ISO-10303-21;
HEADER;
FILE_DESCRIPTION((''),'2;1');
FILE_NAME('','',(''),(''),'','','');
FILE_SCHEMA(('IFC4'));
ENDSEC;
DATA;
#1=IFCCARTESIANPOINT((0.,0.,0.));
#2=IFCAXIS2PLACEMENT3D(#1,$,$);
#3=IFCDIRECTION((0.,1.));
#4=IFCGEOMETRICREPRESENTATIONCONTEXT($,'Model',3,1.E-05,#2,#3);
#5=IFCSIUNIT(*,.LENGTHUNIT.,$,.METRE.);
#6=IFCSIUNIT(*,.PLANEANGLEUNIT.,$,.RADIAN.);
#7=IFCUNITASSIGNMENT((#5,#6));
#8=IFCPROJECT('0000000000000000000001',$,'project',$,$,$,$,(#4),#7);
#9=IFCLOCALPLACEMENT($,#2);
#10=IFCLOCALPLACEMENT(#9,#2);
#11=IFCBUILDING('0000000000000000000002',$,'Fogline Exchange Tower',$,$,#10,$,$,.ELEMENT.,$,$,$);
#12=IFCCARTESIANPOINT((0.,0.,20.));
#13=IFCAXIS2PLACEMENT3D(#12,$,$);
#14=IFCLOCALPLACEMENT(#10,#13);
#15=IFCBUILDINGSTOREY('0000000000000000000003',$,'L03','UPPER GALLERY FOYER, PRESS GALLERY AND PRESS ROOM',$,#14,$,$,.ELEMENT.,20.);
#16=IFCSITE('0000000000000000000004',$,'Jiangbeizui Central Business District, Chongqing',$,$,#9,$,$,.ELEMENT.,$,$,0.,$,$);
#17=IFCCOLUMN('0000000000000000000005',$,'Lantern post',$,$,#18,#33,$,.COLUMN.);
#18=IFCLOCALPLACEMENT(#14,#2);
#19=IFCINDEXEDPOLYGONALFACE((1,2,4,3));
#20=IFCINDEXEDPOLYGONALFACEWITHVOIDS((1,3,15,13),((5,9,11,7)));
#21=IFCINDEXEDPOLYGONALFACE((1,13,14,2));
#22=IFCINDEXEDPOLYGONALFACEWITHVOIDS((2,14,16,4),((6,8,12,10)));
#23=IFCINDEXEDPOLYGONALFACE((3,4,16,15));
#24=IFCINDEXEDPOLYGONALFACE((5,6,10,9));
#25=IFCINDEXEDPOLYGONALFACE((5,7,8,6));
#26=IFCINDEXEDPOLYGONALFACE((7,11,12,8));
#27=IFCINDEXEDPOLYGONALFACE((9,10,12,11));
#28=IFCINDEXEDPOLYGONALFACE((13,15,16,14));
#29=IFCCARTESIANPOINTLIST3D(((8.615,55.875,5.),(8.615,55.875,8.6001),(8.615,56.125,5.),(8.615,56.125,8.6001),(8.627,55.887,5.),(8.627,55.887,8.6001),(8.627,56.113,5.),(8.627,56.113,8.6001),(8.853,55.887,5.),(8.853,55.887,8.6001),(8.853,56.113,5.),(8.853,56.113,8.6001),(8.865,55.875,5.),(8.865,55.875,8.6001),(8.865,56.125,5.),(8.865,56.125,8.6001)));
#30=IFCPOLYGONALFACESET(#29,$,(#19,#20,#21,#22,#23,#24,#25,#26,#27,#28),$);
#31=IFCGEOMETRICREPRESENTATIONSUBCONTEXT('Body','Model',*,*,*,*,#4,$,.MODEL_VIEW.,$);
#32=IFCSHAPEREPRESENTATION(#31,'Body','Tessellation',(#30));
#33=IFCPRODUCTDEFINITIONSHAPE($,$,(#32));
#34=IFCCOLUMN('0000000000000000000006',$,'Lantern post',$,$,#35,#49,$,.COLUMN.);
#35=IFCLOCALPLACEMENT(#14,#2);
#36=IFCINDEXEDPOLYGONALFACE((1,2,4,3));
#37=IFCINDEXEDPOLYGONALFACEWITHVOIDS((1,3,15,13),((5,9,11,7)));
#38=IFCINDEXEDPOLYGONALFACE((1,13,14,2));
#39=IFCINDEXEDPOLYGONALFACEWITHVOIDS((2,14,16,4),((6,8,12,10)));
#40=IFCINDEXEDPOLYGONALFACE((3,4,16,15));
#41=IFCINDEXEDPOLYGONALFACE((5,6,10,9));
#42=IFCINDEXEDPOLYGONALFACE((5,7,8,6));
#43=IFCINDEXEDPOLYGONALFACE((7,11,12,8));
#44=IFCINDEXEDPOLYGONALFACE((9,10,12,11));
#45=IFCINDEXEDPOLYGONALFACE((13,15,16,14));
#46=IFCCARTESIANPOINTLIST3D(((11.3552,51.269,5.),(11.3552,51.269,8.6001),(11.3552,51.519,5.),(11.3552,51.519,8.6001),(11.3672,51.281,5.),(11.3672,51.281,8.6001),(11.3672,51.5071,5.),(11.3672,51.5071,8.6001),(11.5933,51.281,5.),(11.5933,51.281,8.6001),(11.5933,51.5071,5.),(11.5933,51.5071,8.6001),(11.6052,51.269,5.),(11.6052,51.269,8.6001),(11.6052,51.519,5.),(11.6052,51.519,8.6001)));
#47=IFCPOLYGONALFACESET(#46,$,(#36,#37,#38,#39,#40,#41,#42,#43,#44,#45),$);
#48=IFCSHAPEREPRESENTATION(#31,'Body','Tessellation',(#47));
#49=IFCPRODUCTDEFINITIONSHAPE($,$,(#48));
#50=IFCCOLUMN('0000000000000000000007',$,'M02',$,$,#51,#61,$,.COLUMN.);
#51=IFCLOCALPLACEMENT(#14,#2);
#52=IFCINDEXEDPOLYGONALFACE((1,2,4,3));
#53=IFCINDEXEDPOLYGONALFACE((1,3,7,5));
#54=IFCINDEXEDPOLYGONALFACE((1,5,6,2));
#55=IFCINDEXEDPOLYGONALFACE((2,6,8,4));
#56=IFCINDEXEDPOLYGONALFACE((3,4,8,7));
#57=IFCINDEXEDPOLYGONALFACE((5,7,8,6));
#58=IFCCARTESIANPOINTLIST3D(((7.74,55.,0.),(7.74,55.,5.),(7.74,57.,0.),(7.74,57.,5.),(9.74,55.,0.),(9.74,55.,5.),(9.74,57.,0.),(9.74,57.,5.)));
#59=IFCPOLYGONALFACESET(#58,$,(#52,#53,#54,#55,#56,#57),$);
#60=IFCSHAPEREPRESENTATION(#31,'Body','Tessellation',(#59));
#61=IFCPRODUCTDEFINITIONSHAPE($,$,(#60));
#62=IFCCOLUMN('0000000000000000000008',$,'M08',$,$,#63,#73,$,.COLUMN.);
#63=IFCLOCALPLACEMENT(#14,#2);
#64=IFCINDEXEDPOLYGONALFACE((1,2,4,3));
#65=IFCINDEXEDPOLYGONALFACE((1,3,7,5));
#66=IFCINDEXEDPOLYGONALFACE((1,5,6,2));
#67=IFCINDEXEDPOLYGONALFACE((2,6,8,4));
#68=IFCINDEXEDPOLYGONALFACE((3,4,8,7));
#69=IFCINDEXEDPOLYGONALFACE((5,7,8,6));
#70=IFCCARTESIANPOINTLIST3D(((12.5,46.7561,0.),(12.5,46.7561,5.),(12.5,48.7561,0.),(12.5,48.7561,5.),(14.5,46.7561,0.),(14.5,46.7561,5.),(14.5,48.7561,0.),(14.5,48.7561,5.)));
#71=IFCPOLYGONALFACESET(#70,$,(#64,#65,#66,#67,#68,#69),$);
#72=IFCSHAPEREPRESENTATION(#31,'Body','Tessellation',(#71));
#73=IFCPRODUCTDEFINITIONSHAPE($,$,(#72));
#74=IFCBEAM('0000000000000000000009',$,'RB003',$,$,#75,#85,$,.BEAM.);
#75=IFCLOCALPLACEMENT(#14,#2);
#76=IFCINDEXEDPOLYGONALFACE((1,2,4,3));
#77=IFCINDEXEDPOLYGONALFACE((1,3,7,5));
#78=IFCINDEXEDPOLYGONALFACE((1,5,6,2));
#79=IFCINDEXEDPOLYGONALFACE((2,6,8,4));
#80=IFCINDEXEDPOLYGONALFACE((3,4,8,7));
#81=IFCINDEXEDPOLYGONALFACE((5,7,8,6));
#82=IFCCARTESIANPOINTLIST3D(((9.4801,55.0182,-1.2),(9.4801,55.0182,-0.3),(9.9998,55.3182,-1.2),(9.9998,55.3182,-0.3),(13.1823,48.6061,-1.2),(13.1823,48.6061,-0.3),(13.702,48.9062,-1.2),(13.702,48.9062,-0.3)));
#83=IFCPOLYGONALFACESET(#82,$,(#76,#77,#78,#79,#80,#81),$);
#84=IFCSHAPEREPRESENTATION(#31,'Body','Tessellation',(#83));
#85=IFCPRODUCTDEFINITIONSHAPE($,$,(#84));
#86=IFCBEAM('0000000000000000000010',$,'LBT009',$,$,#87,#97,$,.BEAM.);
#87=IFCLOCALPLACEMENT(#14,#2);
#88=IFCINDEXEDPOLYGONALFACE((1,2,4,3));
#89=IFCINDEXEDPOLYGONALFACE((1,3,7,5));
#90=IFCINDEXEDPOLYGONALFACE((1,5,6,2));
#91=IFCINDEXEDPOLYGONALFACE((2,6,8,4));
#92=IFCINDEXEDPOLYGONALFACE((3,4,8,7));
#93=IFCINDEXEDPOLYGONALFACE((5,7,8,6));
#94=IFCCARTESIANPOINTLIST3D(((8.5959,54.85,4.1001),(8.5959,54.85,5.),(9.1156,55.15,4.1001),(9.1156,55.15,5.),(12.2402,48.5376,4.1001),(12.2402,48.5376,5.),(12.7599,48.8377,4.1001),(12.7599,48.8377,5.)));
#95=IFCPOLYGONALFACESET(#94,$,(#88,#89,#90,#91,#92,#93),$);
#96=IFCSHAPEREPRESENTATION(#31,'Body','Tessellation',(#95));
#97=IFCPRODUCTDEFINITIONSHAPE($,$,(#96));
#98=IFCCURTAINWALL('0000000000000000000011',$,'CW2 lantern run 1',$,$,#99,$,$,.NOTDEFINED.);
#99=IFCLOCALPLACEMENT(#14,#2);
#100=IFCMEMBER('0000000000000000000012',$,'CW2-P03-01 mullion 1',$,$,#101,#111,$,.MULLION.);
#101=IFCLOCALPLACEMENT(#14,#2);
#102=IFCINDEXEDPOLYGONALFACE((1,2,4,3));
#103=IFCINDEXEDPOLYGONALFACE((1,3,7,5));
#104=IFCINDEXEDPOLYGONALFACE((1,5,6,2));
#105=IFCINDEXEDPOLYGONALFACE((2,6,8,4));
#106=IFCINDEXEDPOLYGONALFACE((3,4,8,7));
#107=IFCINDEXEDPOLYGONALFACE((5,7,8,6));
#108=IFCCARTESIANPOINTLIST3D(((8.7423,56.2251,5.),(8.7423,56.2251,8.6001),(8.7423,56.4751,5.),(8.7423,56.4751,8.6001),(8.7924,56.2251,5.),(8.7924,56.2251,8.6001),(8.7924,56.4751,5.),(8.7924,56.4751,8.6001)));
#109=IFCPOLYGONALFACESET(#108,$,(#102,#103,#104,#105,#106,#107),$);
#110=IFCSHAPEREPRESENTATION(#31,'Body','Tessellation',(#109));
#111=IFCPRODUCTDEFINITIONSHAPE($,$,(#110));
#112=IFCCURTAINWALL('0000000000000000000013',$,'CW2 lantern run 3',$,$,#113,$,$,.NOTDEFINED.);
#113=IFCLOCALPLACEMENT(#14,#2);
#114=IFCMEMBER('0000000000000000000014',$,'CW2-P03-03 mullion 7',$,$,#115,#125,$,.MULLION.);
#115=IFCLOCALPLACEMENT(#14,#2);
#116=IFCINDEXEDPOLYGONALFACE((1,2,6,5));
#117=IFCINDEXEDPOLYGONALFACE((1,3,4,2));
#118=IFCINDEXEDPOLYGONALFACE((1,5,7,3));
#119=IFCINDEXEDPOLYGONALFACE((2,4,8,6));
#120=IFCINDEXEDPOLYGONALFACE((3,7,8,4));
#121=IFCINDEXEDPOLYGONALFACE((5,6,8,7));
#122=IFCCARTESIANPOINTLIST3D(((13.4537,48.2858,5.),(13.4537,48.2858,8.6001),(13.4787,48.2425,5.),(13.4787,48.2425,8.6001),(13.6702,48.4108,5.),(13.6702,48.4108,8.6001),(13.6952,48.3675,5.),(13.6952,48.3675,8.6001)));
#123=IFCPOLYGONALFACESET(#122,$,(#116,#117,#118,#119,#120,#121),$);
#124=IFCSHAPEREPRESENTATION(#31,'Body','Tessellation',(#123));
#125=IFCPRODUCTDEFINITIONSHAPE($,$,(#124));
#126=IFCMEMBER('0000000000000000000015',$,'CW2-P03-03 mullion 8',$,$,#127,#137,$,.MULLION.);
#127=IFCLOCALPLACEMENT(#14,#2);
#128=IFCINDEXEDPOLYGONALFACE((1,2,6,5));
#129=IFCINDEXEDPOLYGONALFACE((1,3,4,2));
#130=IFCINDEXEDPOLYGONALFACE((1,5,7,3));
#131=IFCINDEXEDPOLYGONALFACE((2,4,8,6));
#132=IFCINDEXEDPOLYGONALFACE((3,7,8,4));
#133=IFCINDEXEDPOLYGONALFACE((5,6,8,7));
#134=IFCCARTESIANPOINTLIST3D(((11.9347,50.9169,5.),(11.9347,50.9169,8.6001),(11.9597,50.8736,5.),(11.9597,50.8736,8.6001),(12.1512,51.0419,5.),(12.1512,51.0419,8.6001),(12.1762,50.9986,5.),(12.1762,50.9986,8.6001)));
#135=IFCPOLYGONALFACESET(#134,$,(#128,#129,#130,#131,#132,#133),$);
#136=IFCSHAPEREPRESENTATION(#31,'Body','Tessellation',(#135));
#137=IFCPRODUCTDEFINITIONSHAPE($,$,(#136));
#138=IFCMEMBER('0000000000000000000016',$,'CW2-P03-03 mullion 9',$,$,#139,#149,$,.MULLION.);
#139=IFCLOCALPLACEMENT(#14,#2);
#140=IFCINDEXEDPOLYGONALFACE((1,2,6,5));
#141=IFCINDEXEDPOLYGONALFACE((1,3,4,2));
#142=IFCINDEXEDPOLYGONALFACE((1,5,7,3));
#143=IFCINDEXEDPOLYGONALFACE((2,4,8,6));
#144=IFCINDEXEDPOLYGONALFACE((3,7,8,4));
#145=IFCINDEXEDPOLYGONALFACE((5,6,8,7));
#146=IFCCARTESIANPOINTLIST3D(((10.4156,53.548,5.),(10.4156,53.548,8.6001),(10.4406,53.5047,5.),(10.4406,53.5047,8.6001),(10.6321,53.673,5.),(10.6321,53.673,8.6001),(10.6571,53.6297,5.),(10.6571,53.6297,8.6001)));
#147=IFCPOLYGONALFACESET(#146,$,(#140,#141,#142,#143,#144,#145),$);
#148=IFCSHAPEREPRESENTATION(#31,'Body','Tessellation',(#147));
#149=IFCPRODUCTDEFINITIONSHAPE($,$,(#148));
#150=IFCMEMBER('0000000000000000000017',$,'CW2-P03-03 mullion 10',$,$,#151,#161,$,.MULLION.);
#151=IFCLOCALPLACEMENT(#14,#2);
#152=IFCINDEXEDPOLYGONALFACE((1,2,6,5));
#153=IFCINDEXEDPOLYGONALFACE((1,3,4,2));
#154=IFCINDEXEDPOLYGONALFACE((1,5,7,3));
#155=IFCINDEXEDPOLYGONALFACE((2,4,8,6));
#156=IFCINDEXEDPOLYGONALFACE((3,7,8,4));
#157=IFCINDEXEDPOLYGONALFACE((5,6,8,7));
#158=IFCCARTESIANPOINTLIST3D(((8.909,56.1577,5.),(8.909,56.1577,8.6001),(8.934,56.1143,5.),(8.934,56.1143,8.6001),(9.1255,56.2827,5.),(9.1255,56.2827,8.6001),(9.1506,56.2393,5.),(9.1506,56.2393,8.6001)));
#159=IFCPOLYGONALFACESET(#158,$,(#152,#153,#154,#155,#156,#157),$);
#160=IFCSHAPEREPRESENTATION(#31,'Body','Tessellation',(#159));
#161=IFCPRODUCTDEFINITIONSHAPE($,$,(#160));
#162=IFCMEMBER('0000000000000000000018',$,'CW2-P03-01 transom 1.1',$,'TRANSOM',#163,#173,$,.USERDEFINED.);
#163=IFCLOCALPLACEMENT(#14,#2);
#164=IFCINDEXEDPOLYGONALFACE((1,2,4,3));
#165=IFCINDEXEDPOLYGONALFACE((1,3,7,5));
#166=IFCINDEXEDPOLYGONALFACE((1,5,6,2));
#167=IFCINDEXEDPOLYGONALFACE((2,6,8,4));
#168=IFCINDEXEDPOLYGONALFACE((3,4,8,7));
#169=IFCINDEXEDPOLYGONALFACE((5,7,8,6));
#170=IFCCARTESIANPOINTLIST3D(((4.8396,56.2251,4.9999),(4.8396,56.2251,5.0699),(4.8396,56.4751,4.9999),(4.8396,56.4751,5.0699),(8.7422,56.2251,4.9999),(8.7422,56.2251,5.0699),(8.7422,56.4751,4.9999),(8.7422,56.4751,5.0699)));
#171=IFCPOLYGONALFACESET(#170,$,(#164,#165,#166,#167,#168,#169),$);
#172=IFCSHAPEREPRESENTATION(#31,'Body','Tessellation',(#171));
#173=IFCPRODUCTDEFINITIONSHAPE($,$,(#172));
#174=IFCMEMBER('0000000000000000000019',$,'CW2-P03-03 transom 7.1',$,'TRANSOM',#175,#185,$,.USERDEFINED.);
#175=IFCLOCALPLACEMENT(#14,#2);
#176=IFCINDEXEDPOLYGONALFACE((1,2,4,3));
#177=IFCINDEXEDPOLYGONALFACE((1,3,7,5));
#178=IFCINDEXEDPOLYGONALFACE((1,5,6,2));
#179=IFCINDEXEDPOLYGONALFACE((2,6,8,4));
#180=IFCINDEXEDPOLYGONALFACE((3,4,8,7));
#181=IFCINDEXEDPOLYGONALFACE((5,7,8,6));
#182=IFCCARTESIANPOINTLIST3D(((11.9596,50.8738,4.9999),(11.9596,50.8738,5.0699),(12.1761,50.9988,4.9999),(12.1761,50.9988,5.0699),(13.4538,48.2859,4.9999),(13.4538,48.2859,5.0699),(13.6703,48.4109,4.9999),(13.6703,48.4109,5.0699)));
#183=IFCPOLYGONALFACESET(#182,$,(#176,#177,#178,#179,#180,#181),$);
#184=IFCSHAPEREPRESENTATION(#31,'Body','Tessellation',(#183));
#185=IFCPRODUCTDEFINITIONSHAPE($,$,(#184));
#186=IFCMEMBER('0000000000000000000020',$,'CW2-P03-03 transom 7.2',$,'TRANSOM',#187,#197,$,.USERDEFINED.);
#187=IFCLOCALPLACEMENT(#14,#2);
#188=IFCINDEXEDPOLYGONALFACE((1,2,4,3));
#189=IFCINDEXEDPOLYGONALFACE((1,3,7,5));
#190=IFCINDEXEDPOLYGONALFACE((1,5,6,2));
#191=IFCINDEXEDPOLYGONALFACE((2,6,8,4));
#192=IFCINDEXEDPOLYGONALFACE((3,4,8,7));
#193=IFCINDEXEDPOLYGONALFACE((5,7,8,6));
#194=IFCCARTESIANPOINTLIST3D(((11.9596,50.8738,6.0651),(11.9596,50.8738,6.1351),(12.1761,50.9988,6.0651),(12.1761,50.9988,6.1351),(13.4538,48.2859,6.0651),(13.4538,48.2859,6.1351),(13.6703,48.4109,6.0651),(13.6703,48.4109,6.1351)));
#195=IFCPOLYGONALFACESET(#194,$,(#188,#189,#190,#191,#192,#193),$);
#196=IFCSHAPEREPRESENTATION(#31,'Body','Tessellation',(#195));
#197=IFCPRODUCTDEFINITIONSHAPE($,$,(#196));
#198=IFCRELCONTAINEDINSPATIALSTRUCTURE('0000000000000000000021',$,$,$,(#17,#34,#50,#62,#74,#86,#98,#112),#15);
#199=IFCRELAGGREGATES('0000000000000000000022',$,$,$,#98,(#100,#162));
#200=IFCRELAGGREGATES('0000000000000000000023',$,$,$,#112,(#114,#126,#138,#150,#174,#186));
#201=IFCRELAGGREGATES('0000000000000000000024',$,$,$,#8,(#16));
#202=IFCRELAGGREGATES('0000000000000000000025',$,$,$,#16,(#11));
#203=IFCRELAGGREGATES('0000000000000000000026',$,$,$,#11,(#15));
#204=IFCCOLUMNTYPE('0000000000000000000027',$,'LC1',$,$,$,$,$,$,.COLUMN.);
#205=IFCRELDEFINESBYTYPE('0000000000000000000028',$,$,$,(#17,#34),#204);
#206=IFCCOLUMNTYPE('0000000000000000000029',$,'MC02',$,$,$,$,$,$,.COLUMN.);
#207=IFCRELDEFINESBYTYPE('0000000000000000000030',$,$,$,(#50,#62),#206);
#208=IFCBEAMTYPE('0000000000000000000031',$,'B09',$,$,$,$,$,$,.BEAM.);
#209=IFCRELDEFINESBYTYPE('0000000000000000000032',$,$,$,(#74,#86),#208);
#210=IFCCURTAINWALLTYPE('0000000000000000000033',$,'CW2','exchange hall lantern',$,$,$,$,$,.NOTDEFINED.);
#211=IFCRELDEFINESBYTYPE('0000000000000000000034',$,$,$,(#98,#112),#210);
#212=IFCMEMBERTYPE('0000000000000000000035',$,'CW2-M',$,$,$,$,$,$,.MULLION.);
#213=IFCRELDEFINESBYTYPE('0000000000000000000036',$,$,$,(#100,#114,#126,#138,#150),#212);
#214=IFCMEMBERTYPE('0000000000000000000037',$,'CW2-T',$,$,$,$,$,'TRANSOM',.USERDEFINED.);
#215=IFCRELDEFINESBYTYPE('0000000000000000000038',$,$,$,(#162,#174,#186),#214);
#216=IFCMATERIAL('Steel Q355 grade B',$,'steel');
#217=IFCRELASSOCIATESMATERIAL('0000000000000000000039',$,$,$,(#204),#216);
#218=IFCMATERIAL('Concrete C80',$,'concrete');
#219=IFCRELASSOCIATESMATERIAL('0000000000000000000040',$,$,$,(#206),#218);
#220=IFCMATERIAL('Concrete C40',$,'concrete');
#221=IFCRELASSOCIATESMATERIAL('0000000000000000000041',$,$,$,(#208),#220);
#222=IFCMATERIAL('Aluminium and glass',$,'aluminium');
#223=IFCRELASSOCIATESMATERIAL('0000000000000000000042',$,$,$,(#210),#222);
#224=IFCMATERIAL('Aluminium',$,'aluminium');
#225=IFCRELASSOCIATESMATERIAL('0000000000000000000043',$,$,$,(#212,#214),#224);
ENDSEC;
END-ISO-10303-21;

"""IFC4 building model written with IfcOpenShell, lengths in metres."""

from ifc_helpers import new_model, si_unit, direction, frame, origin, origin_2d, place, context, subcontext, project, spatial, rectangle, hollow_rectangle, extrude, material, material_profile, profile_set, type_object, element, aggregate, save


model = new_model("IFC4")

# Units and contexts
model_context = context("Model", 3, precision=1e-05, world=origin(), true_north=direction((0.0, 1.0)))
body_context = subcontext(model_context, "Body", "Model", "MODEL_VIEW")
ifc_project = project(units=[si_unit("LENGTHUNIT", "METRE"), si_unit("PLANEANGLEUNIT", "RADIAN")], contexts=[model_context])

# Site, building, storey
site_placement = place(None, origin())
site = spatial("IfcSite", under=ifc_project, at=site_placement, Name="Jiangbeizui Central Business District, Chongqing", CompositionType="ELEMENT", RefElevation=0.0)
building_placement = place(site_placement, origin())
building = spatial("IfcBuilding", under=site, at=building_placement, Name="Fogline Exchange Tower", CompositionType="ELEMENT")
storey_placement = place(building_placement, frame((0.0, 0.0, 20.0)))
storey = spatial("IfcBuildingStorey", under=building, at=storey_placement, Name="L03", Description="UPPER GALLERY FOYER, PRESS GALLERY AND PRESS ROOM", CompositionType="ELEMENT", Elevation=20.0)

# Columns
ifc_material_1 = material(Name="Steel Q355 grade B", Category="steel")
ifc_material_profile_1 = material_profile(ifc_material_1, hollow_rectangle(XDim=0.25, YDim=0.25, WallThickness=0.012, at=origin_2d()), Name="RHS 250x250x12")
ifc_profile_set_1 = profile_set([ifc_material_profile_1], Name="Steel Q355 grade B")
column_type_1 = type_object("IfcColumnType", Name="LC1", PredefinedType="COLUMN", material=ifc_profile_set_1)
for number, where, z_axis, x_axis, name in (
    (1, (8.74, 56.0, 5.0), (0.0, 0.0, 1.0), (1.0, 0.0, 0.0), "Lantern post"),
    (2, (11.4802, 51.394, 5.0), (0.0, 0.0, 1.0), (1.0, 0.0, 0.0), "Lantern post"),
):
    element("IfcColumn", number, at=place(storey_placement, frame(where, z_axis=z_axis, x_axis=x_axis)), inside=storey, type_object=column_type_1, Name=name, PredefinedType="COLUMN", context=body_context, shape_type="SweptSolid", body=[
        extrude(hollow_rectangle(XDim=0.25, YDim=0.25, WallThickness=0.012, at=origin_2d()), origin(), (0.0, 0.0, 1.0), 3.6001),
    ])
ifc_material_2 = material(Name="Concrete C80", Category="concrete")
ifc_material_profile_2 = material_profile(ifc_material_2, rectangle(XDim=2.0, YDim=2.0, at=origin_2d()), Name="RC 2000x2000")
ifc_profile_set_2 = profile_set([ifc_material_profile_2], Name="Concrete C80")
column_type_2 = type_object("IfcColumnType", Name="MC02", PredefinedType="COLUMN", material=ifc_profile_set_2)
for number, where, z_axis, x_axis, name in (
    (3, (8.74, 56.0, 0.0), (0.0, 0.0, 1.0), (1.0, 0.0, 0.0), "M02"),
    (4, (13.5, 47.7561, 0.0), (0.0, 0.0, 1.0), (1.0, 0.0, 0.0), "M08"),
):
    element("IfcColumn", number, at=place(storey_placement, frame(where, z_axis=z_axis, x_axis=x_axis)), inside=storey, type_object=column_type_2, Name=name, PredefinedType="COLUMN", context=body_context, shape_type="SweptSolid", body=[
        extrude(rectangle(XDim=2.0, YDim=2.0, at=origin_2d()), origin(), (0.0, 0.0, 1.0), 5.0),
    ])

# Beams
ifc_material_3 = material(Name="Concrete C40", Category="concrete")
ifc_material_profile_3 = material_profile(ifc_material_3, rectangle(XDim=0.6001, YDim=0.8999, at=origin_2d()), Name="RC 600x900")
ifc_profile_set_3 = profile_set([ifc_material_profile_3], Name="Concrete C40")
beam_type = type_object("IfcBeamType", Name="B09", PredefinedType="BEAM", material=ifc_profile_set_3)
beam_1_placement = place(storey_placement, frame((9.74, 55.1682, -0.75), z_axis=(0.500012, -0.866019, 0.0), x_axis=(0.866019, 0.500012, 0.0)))
element("IfcBeam", 5, at=beam_1_placement, inside=storey, type_object=beam_type, Name="RB003", PredefinedType="BEAM", context=body_context, shape_type="SweptSolid", body=[
    extrude(rectangle(XDim=0.6001, YDim=0.8999, at=origin_2d()), origin(), (0.0, 0.0, 1.0), 7.4041),
])
beam_2_placement = place(storey_placement, frame((8.8557, 55.0, 4.55), z_axis=(0.49999, -0.866031, 0.0), x_axis=(0.866031, 0.49999, 0.0)))
element("IfcBeam", 6, at=beam_2_placement, inside=storey, type_object=beam_type, Name="LBT009", PredefinedType="BEAM", context=body_context, shape_type="SweptSolid", body=[
    extrude(rectangle(XDim=0.6001, YDim=0.8999, at=origin_2d()), origin(), (0.0, 0.0, 1.0), 7.2888),
])

# Curtain wall, member
ifc_material_4 = material(Name="Aluminium and glass", Category="aluminium")
curtain_wall_type = type_object("IfcCurtainWallType", Name="CW2", Description="exchange hall lantern", PredefinedType="NOTDEFINED", material=ifc_material_4)
curtain_wall_1_placement = place(storey_placement, origin())
curtain_wall_1 = element("IfcCurtainWall", 7, at=curtain_wall_1_placement, inside=storey, type_object=curtain_wall_type, Name="CW2 lantern run 1", PredefinedType="NOTDEFINED")
ifc_material_5 = material(Name="Aluminium", Category="aluminium")
ifc_material_profile_4 = material_profile(ifc_material_5, rectangle(XDim=0.25, YDim=0.05, at=origin_2d()), Name="Mullion 50x250")
ifc_profile_set_4 = profile_set([ifc_material_profile_4], Name="Aluminium")
member_type_1 = type_object("IfcMemberType", Name="CW2-M", PredefinedType="MULLION", material=ifc_profile_set_4)
member_1_placement = place(storey_placement, frame((8.7673, 56.3501, 5.0), z_axis=(0.0, 0.0, 1.0), x_axis=(0.0, -1.0, 0.0)))
member_1 = element("IfcMember", 8, at=member_1_placement, type_object=member_type_1, Name="CW2-P03-01 mullion 1", PredefinedType="MULLION", context=body_context, shape_type="SweptSolid", body=[
    extrude(rectangle(XDim=0.25, YDim=0.05, at=origin_2d()), origin(), (0.0, 0.0, 1.0), 3.6001),
])

# Curtain wall, members
curtain_wall_2_placement = place(storey_placement, origin())
curtain_wall_2 = element("IfcCurtainWall", 9, at=curtain_wall_2_placement, inside=storey, type_object=curtain_wall_type, Name="CW2 lantern run 3", PredefinedType="NOTDEFINED")
member_2_placement = place(storey_placement, frame((13.5745, 48.3267, 5.0), z_axis=(0.0, 0.0, 1.0), x_axis=(-0.866025, -0.5, 0.0)))
member_2 = element("IfcMember", 10, at=member_2_placement, type_object=member_type_1, Name="CW2-P03-03 mullion 7", PredefinedType="MULLION", context=body_context, shape_type="SweptSolid", body=[
    extrude(rectangle(XDim=0.25, YDim=0.05, at=origin_2d()), origin(), (0.0, 0.0, 1.0), 3.6001),
])
member_3_placement = place(storey_placement, frame((12.0554, 50.9578, 5.0), z_axis=(0.0, 0.0, 1.0), x_axis=(-0.866025, -0.5, 0.0)))
member_3 = element("IfcMember", 11, at=member_3_placement, type_object=member_type_1, Name="CW2-P03-03 mullion 8", PredefinedType="MULLION", context=body_context, shape_type="SweptSolid", body=[
    extrude(rectangle(XDim=0.25, YDim=0.05, at=origin_2d()), origin(), (0.0, 0.0, 1.0), 3.6001),
])
member_4_placement = place(storey_placement, frame((10.5364, 53.5889, 5.0), z_axis=(0.0, 0.0, 1.0), x_axis=(-0.866025, -0.5, 0.0)))
member_4 = element("IfcMember", 12, at=member_4_placement, type_object=member_type_1, Name="CW2-P03-03 mullion 9", PredefinedType="MULLION", context=body_context, shape_type="SweptSolid", body=[
    extrude(rectangle(XDim=0.25, YDim=0.05, at=origin_2d()), origin(), (0.0, 0.0, 1.0), 3.6001),
])
member_5_placement = place(storey_placement, frame((9.0298, 56.1985, 5.0), z_axis=(0.0, 0.0, 1.0), x_axis=(-0.866025, -0.5, 0.0)))
member_5 = element("IfcMember", 13, at=member_5_placement, type_object=member_type_1, Name="CW2-P03-03 mullion 10", PredefinedType="MULLION", context=body_context, shape_type="SweptSolid", body=[
    extrude(rectangle(XDim=0.25, YDim=0.05, at=origin_2d()), origin(), (0.0, 0.0, 1.0), 3.6001),
])

# Members
ifc_material_profile_5 = material_profile(ifc_material_5, rectangle(XDim=0.25, YDim=0.0701, at=origin_2d()), Name="Transom 70x250")
ifc_profile_set_5 = profile_set([ifc_material_profile_5], Name="Aluminium")
member_type_2 = type_object("IfcMemberType", Name="CW2-T", ElementType="TRANSOM", PredefinedType="USERDEFINED", material=ifc_profile_set_5)
member_6_placement = place(storey_placement, frame((8.7422, 56.3501, 5.0349), z_axis=(-1.0, 0.0, 0.0), x_axis=(0.0, -1.0, 0.0)))
member_6 = element("IfcMember", 14, at=member_6_placement, type_object=member_type_2, Name="CW2-P03-01 transom 1.1", ObjectType="TRANSOM", PredefinedType="USERDEFINED", context=body_context, shape_type="SweptSolid", body=[
    extrude(rectangle(XDim=0.25, YDim=0.0701, at=origin_2d()), origin(), (0.0, 0.0, 1.0), 3.9026),
])
aggregate(curtain_wall_1, [member_1, member_6])
member_7_placement = place(storey_placement, frame((13.562, 48.3484, 5.0349), z_axis=(-0.500005, 0.866022, 0.0), x_axis=(-0.866022, -0.500005, 0.0)))
member_7 = element("IfcMember", 15, at=member_7_placement, type_object=member_type_2, Name="CW2-P03-03 transom 7.1", ObjectType="TRANSOM", PredefinedType="USERDEFINED", context=body_context, shape_type="SweptSolid", body=[
    extrude(rectangle(XDim=0.25, YDim=0.0701, at=origin_2d()), origin(), (0.0, 0.0, 1.0), 2.9883),
])
member_8_placement = place(storey_placement, frame((13.562, 48.3484, 6.1001), z_axis=(-0.500005, 0.866022, 0.0), x_axis=(-0.866022, -0.500005, 0.0)))
member_8 = element("IfcMember", 16, at=member_8_placement, type_object=member_type_2, Name="CW2-P03-03 transom 7.2", ObjectType="TRANSOM", PredefinedType="USERDEFINED", context=body_context, shape_type="SweptSolid", body=[
    extrude(rectangle(XDim=0.25, YDim=0.0701, at=origin_2d()), origin(), (0.0, 0.0, 1.0), 2.9883),
])

aggregate(curtain_wall_2, [member_2, member_3, member_4, member_5, member_7, member_8])

save(model, "model.ifc")
